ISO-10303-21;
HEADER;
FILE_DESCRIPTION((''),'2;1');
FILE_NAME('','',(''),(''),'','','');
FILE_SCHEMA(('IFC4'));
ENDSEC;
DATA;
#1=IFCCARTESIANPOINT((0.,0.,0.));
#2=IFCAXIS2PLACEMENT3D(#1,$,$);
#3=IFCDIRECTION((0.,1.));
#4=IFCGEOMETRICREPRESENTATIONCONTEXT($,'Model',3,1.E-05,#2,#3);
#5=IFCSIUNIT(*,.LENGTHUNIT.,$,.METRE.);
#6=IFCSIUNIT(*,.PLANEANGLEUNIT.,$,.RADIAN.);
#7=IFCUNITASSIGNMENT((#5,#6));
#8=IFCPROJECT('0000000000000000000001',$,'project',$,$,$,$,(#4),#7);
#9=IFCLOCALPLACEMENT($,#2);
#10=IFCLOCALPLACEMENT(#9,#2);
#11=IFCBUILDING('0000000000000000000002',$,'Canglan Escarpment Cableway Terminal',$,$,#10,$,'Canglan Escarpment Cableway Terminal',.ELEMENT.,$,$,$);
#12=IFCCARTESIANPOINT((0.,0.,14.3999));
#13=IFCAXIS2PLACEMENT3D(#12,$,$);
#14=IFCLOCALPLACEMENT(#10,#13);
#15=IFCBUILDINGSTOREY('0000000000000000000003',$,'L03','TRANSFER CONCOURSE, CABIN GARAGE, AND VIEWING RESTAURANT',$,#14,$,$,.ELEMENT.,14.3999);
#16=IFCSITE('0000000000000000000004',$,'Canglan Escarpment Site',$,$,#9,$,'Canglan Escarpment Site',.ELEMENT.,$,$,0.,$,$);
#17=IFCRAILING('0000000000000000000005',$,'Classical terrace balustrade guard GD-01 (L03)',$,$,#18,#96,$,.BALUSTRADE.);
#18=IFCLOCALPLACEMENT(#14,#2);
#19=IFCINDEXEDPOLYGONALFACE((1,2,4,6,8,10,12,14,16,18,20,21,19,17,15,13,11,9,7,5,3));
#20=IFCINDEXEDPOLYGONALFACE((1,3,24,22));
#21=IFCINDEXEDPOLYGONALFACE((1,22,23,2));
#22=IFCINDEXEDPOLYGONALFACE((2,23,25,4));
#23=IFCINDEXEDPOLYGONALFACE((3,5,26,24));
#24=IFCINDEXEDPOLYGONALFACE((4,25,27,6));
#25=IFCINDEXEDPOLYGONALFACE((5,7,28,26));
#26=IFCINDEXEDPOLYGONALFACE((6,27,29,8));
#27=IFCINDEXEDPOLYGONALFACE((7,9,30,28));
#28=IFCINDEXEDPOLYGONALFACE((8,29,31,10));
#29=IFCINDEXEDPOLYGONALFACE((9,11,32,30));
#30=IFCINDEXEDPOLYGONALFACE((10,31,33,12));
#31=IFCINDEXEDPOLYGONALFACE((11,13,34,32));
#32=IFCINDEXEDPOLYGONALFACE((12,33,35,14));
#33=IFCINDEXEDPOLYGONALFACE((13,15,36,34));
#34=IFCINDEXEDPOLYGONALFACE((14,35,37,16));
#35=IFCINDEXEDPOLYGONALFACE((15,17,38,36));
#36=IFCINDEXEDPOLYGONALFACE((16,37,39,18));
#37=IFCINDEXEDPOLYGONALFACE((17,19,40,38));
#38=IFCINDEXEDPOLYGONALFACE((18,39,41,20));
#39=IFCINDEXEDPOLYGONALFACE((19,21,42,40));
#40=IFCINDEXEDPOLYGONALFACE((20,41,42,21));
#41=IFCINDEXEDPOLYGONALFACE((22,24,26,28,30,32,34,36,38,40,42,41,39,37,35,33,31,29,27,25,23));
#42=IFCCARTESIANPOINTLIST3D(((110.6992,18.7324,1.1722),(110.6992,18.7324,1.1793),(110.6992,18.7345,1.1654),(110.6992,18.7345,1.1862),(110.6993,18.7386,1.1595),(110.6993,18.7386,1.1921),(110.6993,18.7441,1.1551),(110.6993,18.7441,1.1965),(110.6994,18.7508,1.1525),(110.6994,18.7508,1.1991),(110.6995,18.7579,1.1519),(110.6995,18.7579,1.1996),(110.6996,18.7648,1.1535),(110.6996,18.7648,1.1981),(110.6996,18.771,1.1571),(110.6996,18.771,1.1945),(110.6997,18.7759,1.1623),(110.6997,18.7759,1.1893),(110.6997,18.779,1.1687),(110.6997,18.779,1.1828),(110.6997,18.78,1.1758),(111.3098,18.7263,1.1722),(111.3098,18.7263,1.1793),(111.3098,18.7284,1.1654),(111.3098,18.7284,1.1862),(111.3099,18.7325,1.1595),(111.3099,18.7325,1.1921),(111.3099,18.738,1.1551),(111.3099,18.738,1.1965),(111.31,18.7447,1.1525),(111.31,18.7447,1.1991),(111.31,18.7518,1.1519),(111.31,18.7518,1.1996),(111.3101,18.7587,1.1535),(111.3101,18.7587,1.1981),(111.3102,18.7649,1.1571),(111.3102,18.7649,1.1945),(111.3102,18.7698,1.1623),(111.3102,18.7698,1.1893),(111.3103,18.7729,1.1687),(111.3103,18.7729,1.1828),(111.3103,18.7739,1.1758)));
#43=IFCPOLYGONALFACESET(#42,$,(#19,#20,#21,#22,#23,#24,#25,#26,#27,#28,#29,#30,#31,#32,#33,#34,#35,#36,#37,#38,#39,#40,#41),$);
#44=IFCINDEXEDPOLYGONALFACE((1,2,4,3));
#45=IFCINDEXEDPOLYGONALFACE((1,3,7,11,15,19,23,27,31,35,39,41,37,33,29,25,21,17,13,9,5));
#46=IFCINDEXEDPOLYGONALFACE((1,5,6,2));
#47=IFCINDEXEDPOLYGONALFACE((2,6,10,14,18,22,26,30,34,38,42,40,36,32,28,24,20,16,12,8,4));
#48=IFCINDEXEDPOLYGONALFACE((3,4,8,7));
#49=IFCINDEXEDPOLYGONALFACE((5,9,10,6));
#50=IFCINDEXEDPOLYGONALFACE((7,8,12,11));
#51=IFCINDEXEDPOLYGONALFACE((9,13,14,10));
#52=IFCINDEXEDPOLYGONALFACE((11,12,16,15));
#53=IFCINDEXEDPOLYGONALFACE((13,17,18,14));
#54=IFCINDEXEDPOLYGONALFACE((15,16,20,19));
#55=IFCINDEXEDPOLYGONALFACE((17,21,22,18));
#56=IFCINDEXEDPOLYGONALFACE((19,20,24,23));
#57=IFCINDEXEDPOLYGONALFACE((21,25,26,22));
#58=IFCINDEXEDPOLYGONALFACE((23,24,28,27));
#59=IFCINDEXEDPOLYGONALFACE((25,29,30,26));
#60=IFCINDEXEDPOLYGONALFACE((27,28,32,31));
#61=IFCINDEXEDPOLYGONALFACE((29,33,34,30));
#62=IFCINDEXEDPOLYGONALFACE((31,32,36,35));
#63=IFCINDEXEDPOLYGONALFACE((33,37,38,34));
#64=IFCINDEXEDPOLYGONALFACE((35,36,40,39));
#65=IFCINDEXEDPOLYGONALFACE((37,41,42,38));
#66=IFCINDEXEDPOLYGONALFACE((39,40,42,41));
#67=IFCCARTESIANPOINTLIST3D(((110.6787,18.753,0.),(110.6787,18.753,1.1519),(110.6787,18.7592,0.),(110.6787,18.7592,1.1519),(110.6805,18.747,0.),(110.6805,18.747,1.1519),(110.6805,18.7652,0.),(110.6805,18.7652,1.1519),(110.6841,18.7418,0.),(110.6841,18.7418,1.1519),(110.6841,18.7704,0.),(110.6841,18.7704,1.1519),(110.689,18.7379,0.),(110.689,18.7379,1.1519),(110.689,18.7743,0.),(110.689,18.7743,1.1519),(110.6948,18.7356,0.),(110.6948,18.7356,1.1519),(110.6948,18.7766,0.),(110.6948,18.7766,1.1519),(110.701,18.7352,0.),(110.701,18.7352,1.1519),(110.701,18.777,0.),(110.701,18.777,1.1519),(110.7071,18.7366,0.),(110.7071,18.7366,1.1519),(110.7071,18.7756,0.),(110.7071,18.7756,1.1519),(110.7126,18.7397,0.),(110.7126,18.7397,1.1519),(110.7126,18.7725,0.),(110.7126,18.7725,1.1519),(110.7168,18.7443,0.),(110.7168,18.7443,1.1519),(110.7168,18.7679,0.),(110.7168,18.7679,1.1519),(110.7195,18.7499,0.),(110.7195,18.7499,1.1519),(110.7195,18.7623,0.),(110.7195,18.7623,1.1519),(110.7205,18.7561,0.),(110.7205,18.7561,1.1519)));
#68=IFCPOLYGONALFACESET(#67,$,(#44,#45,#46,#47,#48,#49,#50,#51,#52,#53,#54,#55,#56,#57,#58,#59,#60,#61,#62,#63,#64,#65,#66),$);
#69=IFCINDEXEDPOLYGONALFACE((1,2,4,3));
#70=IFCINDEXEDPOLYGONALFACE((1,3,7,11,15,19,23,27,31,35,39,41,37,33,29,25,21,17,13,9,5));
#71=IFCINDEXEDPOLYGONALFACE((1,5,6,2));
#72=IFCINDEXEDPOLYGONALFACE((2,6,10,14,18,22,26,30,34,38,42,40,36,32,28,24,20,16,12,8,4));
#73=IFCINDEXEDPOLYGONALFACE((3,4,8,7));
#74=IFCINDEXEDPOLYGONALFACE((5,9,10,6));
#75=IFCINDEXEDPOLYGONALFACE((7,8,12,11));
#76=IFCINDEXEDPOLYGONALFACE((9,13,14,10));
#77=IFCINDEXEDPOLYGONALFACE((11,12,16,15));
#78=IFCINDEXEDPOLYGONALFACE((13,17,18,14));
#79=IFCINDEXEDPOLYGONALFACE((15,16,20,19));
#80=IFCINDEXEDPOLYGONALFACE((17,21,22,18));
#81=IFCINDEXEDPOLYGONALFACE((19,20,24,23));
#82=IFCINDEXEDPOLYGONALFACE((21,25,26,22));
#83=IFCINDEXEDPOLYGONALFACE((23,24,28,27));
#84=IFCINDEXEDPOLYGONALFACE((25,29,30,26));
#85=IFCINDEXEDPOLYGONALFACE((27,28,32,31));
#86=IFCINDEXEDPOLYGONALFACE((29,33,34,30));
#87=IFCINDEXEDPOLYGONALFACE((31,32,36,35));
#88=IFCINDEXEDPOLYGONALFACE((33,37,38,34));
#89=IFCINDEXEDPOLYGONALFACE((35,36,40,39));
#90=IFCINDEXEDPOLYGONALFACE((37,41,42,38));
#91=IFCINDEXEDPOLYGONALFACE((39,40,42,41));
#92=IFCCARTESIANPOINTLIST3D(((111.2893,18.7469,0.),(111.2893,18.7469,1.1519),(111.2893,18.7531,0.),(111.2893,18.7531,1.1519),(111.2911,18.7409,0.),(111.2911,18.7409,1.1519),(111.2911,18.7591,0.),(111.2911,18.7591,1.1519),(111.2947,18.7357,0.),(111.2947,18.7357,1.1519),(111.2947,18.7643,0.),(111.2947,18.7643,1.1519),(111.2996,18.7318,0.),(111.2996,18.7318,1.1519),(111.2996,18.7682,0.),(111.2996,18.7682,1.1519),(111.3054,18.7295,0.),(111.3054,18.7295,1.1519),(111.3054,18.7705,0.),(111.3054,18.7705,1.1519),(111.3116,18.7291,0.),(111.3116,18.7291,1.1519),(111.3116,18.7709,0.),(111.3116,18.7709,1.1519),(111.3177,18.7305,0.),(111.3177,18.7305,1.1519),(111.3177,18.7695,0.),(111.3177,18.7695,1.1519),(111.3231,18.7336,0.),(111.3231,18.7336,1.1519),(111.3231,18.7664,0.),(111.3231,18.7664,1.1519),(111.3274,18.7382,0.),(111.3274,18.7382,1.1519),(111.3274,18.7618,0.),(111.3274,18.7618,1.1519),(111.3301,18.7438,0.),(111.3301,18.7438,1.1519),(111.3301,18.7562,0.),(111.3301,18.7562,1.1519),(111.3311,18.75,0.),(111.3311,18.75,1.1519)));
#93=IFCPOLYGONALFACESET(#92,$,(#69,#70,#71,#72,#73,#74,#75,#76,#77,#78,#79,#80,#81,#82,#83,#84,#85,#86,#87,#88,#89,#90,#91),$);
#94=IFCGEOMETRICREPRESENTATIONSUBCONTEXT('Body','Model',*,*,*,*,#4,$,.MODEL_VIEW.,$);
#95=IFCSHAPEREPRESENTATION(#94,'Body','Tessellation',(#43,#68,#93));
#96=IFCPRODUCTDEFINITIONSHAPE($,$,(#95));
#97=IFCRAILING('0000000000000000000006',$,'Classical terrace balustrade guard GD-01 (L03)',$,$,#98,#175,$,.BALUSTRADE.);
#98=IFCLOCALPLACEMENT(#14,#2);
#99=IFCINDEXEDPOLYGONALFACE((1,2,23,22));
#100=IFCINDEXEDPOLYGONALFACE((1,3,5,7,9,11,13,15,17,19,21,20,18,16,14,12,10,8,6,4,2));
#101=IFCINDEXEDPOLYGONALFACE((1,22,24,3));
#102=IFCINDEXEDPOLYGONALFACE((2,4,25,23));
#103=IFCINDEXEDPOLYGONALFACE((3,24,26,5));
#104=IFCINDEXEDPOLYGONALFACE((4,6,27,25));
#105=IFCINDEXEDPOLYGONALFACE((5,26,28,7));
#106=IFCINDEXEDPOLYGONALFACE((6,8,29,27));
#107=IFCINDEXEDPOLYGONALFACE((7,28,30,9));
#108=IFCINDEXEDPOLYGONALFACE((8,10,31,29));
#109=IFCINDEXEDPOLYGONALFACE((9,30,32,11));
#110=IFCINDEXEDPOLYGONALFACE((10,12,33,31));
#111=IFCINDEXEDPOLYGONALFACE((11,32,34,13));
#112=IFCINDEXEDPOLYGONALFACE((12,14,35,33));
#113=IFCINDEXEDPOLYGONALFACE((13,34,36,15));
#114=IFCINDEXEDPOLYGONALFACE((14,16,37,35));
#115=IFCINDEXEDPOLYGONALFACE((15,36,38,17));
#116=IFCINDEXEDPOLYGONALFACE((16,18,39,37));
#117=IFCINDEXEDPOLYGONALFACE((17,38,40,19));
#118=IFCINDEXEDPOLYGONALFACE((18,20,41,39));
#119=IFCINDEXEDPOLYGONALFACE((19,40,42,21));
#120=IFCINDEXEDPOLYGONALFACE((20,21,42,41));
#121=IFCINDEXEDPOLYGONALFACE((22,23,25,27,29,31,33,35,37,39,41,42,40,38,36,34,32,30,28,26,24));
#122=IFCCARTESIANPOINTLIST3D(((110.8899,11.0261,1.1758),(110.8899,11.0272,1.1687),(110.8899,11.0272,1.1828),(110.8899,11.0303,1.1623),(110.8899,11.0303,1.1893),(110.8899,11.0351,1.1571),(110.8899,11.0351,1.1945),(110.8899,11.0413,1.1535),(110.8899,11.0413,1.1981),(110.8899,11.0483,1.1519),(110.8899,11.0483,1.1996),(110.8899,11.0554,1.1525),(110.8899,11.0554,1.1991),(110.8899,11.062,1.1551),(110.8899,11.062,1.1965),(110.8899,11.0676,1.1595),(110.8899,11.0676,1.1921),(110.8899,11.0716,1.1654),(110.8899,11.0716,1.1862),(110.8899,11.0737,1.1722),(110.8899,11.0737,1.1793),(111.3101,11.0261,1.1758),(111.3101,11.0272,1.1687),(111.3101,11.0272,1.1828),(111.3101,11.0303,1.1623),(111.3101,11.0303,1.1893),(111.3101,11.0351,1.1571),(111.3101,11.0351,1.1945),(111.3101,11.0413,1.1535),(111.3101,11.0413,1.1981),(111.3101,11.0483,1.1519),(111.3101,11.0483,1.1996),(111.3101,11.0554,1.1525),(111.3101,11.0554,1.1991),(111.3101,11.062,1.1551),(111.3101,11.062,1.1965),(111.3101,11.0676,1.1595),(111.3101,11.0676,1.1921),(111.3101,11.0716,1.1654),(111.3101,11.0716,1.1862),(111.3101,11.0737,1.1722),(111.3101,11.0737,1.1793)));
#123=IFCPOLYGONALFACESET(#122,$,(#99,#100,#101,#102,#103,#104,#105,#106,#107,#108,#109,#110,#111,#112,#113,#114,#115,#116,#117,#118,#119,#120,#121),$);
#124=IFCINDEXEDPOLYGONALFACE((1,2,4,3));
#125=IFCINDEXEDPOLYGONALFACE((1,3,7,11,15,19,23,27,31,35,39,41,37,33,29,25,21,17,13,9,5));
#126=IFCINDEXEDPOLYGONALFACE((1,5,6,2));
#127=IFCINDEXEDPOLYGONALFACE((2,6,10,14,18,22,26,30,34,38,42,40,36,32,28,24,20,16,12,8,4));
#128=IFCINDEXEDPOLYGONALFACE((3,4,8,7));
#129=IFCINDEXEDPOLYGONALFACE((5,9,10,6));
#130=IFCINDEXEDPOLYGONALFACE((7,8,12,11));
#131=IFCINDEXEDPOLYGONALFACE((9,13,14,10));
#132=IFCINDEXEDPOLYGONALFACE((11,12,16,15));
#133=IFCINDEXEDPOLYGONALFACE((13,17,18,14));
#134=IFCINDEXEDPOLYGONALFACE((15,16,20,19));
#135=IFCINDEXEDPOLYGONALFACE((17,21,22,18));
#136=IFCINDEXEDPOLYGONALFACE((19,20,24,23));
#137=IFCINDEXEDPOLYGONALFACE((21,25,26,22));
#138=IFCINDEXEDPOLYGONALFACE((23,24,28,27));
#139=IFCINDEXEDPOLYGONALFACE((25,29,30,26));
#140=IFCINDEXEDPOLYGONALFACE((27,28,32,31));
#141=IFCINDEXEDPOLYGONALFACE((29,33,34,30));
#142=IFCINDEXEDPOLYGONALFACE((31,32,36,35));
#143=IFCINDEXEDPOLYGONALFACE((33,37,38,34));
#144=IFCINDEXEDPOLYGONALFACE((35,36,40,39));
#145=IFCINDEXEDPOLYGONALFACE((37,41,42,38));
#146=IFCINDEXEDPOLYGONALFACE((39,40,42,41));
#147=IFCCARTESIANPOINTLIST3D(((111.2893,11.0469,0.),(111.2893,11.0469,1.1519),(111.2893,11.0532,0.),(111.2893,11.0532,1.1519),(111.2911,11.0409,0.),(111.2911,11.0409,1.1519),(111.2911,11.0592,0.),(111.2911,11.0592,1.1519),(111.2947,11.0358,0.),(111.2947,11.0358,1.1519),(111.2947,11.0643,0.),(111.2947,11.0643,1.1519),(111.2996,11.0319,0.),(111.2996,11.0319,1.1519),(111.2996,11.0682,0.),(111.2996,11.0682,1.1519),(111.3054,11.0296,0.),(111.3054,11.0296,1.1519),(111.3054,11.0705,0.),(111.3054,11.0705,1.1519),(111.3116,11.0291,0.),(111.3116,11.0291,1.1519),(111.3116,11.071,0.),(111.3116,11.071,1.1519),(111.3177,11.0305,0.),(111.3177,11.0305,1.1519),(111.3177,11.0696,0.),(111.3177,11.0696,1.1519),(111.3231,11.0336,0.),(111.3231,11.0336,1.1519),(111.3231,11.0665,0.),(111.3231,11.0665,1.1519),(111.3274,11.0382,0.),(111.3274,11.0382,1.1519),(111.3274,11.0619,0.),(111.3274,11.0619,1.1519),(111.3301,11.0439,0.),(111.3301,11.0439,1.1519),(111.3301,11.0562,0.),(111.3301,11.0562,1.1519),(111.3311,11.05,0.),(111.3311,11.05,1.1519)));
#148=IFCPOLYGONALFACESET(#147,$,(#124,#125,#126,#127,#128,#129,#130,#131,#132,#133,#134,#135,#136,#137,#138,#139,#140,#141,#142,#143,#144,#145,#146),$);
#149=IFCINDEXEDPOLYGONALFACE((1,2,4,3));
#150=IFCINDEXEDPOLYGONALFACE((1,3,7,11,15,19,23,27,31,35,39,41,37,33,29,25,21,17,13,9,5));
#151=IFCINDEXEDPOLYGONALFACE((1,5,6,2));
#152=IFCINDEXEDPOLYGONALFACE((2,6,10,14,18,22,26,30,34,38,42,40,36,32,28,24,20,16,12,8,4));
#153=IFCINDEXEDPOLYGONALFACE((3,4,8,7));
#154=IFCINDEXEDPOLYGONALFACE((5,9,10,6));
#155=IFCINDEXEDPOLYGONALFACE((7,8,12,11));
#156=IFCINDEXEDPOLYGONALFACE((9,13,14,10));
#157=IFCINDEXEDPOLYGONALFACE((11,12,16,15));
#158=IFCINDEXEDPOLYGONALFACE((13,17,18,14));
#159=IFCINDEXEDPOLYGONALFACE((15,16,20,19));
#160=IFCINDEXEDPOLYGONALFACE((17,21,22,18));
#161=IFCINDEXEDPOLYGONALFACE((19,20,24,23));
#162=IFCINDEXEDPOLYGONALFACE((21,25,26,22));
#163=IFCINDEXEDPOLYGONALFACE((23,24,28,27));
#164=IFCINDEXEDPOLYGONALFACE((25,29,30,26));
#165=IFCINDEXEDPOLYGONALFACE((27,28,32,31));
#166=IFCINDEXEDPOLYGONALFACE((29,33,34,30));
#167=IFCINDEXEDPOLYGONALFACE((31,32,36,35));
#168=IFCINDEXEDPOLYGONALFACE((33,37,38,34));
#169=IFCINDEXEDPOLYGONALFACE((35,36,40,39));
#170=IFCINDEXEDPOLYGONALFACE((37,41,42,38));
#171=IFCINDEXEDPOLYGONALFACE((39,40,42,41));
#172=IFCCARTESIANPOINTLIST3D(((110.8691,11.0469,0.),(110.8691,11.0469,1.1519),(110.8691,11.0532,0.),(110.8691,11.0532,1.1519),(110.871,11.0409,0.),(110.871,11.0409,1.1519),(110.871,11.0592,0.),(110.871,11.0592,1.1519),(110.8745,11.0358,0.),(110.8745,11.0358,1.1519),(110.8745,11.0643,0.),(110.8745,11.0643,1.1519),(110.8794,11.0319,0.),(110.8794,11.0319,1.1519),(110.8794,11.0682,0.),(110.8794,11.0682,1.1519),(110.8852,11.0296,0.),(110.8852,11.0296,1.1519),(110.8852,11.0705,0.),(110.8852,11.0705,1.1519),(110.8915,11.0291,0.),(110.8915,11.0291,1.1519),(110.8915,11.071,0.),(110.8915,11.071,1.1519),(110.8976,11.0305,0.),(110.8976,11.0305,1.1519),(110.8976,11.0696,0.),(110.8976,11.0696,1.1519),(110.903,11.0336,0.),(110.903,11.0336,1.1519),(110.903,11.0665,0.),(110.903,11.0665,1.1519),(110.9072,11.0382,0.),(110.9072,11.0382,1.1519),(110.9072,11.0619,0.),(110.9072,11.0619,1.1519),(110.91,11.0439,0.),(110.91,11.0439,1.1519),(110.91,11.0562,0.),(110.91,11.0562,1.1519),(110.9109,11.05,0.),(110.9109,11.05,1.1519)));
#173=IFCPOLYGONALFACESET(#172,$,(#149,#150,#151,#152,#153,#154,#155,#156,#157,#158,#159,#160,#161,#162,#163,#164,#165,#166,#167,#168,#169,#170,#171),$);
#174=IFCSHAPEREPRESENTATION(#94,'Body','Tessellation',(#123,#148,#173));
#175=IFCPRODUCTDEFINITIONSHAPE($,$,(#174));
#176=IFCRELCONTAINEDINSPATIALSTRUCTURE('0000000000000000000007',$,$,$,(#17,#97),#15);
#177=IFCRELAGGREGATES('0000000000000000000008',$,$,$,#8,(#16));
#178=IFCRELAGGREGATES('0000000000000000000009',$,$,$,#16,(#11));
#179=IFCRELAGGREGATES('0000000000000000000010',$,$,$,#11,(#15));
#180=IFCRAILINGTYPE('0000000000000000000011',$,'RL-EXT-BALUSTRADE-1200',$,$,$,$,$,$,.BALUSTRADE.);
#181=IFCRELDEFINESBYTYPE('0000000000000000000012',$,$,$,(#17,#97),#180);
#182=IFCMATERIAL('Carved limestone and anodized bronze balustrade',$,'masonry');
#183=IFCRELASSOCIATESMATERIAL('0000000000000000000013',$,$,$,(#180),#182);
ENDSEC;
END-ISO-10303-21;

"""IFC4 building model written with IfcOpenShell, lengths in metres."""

from ifc_helpers import new_model, si_unit, direction, frame, origin, origin_2d, place, context, subcontext, project, spatial, circle, extrude, material, type_object, element, save


model = new_model("IFC4")

# Units and contexts
model_context = context("Model", 3, precision=1e-05, world=origin(), true_north=direction((0.0, 1.0)))
body_context = subcontext(model_context, "Body", "Model", "MODEL_VIEW")
ifc_project = project(units=[si_unit("LENGTHUNIT", "METRE"), si_unit("PLANEANGLEUNIT", "RADIAN")], contexts=[model_context])

# Site, building, storey
site_placement = place(None, origin())
site = spatial("IfcSite", under=ifc_project, at=site_placement, Name="Canglan Escarpment Site", LongName="Canglan Escarpment Site", CompositionType="ELEMENT", RefElevation=0.0)
building_placement = place(site_placement, origin())
building = spatial("IfcBuilding", under=site, at=building_placement, Name="Canglan Escarpment Cableway Terminal", LongName="Canglan Escarpment Cableway Terminal", CompositionType="ELEMENT")
storey_placement = place(building_placement, frame((0.0, 0.0, 14.3999)))
storey = spatial("IfcBuildingStorey", under=building, at=storey_placement, Name="L03", Description="TRANSFER CONCOURSE, CABIN GARAGE, AND VIEWING RESTAURANT", CompositionType="ELEMENT", Elevation=14.3999)

# Railings
ifc_material_1 = material(Name="Carved limestone and anodized bronze balustrade", Category="masonry")
railing_type = type_object("IfcRailingType", Name="RL-EXT-BALUSTRADE-1200", PredefinedType="BALUSTRADE", material=ifc_material_1)
railing_1_placement = place(storey_placement, frame((110.6995, 18.7561, 0.0)))
element("IfcRailing", 1, at=railing_1_placement, inside=storey, type_object=railing_type, Name="Classical terrace balustrade guard GD-01 (L03)", PredefinedType="BALUSTRADE", context=body_context, shape_type="SweptSolid", body=[
    extrude(circle(Radius=0.0239, at=origin_2d()), frame((0.0, 0.0, 1.1758), z_axis=(0.99995, -0.009996, 0.0), x_axis=(0.009996, 0.99995, 0.0)), (0.0, 0.0, 1.0), 0.6106),
    extrude(circle(Radius=0.021, at=origin_2d()), origin(), (0.0, 0.0, 1.0), 1.1519),
    extrude(circle(Radius=0.021, at=origin_2d()), frame((0.6106, -0.0061, 0.0)), (0.0, 0.0, 1.0), 1.1519),
])
railing_2_placement = place(storey_placement, frame((111.3101, 11.05, 0.0)))
element("IfcRailing", 2, at=railing_2_placement, inside=storey, type_object=railing_type, Name="Classical terrace balustrade guard GD-01 (L03)", PredefinedType="BALUSTRADE", context=body_context, shape_type="SweptSolid", body=[
    extrude(circle(Radius=0.0239, at=origin_2d()), frame((0.0, 0.0, 1.1758), z_axis=(-1.0, 0.0, 0.0), x_axis=(0.0, -1.0, 0.0)), (0.0, 0.0, 1.0), 0.4202),
    extrude(circle(Radius=0.021, at=origin_2d()), origin(), (0.0, 0.0, 1.0), 1.1519),
    extrude(circle(Radius=0.021, at=origin_2d()), frame((-0.4202, 0.0, 0.0)), (0.0, 0.0, 1.0), 1.1519),
])

save(model, "model.ifc")
